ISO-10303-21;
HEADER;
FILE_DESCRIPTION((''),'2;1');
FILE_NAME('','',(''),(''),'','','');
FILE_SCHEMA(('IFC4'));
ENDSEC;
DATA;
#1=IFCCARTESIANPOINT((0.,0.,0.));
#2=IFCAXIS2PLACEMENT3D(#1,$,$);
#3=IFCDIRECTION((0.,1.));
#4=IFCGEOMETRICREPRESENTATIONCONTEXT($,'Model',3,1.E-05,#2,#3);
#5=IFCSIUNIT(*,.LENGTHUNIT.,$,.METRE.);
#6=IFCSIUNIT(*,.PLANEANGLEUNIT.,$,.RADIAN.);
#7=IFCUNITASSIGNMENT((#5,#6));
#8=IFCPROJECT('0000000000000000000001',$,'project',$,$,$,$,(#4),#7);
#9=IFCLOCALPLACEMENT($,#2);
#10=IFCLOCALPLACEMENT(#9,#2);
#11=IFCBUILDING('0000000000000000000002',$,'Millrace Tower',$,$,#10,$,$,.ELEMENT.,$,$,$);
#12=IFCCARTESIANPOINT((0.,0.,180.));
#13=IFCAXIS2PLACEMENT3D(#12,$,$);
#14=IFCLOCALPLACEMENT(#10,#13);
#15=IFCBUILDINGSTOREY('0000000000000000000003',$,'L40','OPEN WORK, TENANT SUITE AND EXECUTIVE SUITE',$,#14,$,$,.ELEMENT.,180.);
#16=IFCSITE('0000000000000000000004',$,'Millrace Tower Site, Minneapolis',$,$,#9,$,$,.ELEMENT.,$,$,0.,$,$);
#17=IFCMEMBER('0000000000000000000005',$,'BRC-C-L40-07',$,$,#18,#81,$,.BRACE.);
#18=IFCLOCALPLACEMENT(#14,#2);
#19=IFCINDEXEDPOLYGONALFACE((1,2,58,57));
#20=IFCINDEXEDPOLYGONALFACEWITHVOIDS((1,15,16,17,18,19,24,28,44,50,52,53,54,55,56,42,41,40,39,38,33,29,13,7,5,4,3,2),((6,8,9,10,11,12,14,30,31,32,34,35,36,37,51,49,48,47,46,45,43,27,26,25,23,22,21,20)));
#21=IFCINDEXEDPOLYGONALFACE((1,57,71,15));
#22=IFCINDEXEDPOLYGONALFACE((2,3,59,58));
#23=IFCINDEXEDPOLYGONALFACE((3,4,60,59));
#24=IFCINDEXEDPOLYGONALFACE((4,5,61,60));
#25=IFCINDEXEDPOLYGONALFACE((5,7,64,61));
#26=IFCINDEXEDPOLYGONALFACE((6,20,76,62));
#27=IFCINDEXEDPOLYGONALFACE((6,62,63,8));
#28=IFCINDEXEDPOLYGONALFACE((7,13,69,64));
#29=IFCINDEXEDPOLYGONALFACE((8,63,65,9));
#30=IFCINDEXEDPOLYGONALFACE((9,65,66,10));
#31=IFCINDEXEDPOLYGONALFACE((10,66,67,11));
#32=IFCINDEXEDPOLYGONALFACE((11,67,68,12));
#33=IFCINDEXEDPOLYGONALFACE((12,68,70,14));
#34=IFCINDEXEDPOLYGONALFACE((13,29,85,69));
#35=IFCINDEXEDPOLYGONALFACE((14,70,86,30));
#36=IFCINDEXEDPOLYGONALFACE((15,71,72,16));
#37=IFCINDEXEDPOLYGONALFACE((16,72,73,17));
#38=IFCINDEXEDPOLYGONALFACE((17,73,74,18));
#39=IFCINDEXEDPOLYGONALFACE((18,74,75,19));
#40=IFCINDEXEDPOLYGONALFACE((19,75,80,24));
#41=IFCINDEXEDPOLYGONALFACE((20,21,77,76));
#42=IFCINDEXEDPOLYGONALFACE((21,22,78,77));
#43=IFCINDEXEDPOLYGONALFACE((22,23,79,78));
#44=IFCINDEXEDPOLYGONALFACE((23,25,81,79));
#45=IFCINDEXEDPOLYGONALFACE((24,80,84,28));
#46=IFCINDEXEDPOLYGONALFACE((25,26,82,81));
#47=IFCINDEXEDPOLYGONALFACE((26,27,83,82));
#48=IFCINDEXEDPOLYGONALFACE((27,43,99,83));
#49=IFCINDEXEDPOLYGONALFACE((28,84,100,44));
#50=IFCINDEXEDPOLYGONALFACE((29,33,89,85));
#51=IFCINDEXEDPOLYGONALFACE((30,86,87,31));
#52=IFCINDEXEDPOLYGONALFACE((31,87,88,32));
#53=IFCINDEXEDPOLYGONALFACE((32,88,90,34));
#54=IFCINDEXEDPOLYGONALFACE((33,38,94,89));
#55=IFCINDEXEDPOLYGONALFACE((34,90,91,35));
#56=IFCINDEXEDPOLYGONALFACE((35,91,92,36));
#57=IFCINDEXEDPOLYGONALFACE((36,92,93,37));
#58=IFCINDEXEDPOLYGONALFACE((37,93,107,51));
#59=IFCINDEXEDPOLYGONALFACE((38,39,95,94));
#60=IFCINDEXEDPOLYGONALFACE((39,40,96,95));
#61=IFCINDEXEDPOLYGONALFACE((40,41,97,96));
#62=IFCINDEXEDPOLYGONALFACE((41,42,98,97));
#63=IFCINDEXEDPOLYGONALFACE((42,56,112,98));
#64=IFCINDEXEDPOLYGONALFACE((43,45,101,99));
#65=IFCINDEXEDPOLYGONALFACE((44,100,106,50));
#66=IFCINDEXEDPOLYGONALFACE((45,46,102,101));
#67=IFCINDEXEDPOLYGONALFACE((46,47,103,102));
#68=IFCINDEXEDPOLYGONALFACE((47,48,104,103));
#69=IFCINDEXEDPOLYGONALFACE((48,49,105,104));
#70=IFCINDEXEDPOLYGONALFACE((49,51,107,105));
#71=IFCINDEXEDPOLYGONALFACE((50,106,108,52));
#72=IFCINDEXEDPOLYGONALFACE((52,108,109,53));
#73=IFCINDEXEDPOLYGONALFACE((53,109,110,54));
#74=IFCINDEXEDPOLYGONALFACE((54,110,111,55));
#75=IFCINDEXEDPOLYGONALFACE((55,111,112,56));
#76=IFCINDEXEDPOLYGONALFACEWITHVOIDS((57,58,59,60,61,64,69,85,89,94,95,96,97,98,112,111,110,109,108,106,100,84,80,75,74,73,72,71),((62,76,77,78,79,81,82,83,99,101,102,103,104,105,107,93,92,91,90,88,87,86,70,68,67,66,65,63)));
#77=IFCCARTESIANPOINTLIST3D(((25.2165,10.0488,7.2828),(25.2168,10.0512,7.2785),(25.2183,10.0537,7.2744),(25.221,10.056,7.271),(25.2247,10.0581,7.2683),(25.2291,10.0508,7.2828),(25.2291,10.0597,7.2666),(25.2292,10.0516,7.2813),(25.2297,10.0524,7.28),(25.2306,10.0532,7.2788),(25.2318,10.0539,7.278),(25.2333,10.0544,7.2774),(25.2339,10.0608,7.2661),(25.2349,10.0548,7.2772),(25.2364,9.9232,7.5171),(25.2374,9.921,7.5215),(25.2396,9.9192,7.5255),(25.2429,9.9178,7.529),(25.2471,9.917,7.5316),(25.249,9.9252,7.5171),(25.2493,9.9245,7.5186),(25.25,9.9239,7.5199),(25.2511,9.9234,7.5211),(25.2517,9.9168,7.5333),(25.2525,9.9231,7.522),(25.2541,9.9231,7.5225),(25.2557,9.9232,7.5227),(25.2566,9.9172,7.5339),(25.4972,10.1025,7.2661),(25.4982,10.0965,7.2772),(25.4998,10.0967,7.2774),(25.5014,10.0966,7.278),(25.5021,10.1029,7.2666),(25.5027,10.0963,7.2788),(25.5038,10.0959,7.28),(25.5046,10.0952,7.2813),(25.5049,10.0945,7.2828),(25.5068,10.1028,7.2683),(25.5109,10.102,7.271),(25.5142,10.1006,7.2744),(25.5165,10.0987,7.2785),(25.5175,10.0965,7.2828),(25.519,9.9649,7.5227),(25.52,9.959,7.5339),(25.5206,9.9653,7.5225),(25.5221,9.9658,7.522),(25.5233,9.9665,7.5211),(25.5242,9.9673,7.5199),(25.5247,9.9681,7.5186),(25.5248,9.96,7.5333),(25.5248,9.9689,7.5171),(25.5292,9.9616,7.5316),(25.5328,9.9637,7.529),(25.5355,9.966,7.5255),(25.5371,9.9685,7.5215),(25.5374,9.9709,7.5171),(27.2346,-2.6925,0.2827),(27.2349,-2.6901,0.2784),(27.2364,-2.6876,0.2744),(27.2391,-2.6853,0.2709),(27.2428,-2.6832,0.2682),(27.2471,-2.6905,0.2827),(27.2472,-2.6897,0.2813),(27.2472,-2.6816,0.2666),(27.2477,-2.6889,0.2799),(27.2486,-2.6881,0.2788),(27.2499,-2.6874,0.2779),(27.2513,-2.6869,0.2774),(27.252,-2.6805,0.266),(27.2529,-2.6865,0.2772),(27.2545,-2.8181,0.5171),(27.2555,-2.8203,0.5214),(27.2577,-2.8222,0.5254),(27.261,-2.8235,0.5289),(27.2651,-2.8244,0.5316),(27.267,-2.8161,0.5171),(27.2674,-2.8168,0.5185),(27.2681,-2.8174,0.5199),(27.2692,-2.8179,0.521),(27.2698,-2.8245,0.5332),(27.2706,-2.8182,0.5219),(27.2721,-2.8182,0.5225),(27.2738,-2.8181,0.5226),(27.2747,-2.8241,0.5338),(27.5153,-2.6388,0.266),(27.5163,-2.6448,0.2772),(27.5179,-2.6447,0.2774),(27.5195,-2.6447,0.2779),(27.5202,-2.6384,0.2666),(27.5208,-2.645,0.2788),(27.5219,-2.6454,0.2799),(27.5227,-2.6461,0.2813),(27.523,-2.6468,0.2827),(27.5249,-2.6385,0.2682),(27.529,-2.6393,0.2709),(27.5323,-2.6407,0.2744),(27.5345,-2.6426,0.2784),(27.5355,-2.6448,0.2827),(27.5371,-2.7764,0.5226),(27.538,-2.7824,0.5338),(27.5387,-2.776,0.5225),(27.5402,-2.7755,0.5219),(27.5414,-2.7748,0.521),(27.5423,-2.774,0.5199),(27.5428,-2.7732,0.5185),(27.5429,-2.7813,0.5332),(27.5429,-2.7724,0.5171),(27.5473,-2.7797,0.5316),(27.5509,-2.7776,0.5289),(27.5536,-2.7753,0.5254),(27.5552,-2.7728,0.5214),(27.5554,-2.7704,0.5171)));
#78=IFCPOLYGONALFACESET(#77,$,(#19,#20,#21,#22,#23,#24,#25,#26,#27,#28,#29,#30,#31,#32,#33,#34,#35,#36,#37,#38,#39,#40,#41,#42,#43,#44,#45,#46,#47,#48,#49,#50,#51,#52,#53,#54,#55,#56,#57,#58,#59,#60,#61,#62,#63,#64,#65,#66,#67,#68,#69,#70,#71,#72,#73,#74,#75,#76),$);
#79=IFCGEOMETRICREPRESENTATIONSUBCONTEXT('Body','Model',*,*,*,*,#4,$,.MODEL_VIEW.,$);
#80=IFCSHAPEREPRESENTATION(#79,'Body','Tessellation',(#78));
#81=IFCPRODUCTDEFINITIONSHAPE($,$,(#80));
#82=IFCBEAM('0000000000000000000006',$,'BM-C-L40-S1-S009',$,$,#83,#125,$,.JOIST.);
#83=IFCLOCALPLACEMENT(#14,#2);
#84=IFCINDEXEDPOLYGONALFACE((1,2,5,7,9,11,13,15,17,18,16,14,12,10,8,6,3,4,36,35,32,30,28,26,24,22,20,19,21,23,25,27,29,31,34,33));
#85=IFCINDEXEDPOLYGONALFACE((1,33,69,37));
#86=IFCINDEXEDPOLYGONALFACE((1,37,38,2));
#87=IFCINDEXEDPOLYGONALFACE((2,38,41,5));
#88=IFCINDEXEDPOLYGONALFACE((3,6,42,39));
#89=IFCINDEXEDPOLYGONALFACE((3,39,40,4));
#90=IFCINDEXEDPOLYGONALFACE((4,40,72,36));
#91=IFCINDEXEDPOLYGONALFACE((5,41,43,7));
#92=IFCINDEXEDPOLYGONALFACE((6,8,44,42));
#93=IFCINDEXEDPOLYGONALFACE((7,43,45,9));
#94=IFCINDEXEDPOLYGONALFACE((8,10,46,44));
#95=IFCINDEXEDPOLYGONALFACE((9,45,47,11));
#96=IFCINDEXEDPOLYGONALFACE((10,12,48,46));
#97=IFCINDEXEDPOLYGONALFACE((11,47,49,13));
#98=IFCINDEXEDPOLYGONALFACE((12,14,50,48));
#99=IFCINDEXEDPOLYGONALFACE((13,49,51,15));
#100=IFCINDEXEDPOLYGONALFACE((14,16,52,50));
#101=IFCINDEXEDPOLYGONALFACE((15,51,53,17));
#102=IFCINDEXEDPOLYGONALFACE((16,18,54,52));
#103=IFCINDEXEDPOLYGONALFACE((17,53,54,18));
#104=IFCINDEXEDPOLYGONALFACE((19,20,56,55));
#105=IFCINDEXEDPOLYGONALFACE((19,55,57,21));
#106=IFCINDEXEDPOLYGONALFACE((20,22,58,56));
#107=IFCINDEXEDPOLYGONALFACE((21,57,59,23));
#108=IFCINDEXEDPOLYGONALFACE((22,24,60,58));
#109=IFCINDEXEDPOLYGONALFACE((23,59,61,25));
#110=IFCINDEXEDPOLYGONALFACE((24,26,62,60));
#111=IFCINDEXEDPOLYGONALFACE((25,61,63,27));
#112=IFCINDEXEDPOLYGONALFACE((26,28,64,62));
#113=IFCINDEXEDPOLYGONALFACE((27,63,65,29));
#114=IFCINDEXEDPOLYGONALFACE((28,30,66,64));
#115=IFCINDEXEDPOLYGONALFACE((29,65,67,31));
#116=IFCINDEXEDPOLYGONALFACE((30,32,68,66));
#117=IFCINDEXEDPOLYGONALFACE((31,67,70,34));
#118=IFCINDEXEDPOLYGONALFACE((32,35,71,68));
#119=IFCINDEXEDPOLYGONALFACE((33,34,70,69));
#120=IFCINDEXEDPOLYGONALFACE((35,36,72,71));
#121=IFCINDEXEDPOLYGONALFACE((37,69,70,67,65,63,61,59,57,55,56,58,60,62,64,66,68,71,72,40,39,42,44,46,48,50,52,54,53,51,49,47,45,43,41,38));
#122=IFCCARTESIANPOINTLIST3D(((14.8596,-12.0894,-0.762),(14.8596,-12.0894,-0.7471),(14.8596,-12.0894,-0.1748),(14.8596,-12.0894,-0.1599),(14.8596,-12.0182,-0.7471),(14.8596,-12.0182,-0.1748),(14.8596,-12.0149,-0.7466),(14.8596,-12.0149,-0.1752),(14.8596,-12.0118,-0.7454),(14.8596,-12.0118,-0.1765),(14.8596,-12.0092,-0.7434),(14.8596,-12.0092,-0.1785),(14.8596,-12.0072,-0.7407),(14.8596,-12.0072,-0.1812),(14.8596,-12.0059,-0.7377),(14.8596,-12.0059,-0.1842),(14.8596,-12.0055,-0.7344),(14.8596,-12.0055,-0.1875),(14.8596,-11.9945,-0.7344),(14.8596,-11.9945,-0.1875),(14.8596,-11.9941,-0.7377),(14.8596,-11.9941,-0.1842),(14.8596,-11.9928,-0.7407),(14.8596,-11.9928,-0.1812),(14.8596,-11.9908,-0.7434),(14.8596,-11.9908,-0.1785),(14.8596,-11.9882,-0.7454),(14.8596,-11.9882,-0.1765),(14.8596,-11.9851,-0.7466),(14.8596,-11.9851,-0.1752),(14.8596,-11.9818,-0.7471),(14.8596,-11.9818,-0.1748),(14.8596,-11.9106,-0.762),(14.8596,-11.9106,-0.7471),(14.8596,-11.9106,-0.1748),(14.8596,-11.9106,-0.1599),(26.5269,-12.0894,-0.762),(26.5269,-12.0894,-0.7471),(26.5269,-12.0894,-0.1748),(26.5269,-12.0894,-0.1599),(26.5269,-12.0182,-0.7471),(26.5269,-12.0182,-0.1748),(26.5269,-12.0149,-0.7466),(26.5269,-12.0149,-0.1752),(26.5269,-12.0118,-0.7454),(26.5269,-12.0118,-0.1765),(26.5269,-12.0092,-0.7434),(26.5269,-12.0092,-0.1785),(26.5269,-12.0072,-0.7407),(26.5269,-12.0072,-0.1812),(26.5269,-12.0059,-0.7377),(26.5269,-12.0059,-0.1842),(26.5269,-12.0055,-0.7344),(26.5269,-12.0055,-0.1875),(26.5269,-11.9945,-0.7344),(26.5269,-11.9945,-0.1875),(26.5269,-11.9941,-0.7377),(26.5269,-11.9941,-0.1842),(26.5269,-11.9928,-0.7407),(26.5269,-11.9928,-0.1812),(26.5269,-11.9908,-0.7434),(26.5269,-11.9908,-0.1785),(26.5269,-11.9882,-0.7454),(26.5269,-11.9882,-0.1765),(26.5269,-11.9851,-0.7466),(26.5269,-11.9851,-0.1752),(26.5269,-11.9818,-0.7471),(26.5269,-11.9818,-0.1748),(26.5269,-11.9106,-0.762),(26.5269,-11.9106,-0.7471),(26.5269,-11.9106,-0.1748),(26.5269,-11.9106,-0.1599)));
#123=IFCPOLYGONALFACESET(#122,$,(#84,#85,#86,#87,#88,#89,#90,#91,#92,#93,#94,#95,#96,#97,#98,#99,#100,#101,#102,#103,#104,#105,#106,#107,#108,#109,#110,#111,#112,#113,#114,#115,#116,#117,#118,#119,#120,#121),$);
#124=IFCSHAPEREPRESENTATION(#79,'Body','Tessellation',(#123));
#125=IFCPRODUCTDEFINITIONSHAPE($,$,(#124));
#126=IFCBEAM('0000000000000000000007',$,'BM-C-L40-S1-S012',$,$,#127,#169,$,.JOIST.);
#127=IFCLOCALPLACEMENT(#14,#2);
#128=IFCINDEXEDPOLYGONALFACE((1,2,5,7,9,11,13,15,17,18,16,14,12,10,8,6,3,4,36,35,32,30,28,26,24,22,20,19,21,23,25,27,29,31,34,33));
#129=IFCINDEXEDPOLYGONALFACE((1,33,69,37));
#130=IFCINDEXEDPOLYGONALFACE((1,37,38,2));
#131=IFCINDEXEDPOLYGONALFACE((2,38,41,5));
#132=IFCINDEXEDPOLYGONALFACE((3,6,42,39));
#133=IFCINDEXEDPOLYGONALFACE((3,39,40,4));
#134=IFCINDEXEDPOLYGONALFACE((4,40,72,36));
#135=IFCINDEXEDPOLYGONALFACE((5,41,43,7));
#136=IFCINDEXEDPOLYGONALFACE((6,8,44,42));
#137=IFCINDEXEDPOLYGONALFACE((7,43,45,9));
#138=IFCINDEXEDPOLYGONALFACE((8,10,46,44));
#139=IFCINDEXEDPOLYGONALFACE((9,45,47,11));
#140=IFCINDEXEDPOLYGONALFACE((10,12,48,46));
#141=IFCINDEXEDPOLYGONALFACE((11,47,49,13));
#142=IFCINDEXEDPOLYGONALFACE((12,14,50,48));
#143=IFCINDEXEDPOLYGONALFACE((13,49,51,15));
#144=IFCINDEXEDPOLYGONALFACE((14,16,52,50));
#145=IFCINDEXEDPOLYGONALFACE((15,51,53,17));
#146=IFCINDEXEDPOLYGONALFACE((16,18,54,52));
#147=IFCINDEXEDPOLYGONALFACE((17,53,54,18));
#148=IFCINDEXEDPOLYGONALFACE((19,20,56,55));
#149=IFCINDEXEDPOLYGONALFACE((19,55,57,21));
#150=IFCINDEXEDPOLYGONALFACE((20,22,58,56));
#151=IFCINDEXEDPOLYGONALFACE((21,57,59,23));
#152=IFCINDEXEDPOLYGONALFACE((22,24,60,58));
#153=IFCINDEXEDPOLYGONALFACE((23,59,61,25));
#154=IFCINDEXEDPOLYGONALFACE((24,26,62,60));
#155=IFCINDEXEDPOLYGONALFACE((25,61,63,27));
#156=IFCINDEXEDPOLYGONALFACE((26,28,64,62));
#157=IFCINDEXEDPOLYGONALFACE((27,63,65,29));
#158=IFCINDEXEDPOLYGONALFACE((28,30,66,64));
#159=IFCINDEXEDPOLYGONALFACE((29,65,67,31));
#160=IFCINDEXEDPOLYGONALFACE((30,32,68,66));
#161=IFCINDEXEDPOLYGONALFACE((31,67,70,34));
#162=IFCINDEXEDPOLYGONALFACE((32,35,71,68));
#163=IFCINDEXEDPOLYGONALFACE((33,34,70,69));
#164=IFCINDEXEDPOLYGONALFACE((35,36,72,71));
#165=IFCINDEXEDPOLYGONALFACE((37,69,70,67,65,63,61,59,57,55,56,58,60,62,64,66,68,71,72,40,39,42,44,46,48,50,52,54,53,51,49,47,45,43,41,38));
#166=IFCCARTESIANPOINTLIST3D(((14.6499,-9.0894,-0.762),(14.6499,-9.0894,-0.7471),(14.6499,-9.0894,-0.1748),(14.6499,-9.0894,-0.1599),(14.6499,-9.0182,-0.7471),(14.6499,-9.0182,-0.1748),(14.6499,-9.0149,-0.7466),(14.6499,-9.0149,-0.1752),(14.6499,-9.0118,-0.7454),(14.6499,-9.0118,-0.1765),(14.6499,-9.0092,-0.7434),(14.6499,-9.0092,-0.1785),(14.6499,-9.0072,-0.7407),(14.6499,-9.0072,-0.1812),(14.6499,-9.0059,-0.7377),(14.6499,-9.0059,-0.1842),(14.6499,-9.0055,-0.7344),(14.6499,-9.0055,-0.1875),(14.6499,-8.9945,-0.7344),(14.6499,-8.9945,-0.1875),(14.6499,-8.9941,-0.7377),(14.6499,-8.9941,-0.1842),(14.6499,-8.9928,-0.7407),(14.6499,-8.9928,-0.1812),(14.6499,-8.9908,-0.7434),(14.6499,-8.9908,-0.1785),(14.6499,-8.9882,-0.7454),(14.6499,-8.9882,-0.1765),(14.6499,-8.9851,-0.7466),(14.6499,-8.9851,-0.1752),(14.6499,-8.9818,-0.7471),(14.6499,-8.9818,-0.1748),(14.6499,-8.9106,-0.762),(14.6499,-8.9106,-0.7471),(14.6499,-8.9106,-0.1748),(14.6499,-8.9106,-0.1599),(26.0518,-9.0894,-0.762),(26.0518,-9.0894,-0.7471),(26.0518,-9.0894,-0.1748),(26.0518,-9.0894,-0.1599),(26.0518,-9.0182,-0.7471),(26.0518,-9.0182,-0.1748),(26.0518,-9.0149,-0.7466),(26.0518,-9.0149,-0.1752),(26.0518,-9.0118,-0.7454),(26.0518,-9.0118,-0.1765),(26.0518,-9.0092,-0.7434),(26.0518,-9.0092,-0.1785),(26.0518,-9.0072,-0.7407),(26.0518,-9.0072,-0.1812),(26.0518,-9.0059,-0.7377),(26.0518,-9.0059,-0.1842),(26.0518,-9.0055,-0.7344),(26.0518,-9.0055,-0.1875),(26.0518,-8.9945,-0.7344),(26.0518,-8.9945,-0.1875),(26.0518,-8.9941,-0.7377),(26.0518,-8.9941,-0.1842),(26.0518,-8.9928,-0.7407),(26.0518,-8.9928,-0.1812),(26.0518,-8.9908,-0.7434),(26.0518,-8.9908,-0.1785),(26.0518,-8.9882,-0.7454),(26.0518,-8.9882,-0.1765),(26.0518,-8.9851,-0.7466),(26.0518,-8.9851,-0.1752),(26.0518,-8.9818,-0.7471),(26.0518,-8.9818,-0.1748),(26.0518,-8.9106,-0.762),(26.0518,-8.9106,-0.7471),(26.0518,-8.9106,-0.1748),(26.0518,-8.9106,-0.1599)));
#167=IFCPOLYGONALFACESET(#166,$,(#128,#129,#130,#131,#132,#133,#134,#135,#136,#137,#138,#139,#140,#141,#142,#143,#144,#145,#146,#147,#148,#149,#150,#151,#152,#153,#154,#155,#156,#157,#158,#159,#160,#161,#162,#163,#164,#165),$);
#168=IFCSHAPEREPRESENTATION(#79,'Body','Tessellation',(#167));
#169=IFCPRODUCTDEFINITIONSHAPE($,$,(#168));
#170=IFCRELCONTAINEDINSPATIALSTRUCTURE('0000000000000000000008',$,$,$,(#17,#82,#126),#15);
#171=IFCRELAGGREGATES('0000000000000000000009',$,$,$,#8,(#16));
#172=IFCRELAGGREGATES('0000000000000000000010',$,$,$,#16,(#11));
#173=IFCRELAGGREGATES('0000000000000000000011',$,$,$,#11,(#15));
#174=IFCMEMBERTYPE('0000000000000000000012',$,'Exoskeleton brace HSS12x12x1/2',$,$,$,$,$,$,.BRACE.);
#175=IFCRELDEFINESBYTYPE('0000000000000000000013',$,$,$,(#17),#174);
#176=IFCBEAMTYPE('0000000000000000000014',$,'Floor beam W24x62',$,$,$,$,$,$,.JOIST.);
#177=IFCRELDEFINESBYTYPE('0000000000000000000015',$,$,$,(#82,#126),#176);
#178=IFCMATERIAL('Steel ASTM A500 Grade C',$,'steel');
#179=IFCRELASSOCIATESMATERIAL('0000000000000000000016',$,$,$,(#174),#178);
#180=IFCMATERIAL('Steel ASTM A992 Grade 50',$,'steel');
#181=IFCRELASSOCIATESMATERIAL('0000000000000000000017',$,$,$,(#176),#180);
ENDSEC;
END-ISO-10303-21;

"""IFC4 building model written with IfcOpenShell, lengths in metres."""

from ifc_helpers import new_model, si_unit, direction, frame, origin, origin_2d, place, context, subcontext, project, spatial, hollow_rectangle, i_section, extrude, material, material_profile, profile_set, type_object, element, save


model = new_model("IFC4")

# Units and contexts
model_context = context("Model", 3, precision=1e-05, world=origin(), true_north=direction((0.0, 1.0)))
body_context = subcontext(model_context, "Body", "Model", "MODEL_VIEW")
ifc_project = project(units=[si_unit("LENGTHUNIT", "METRE"), si_unit("PLANEANGLEUNIT", "RADIAN")], contexts=[model_context])

# Site, building, storey
site_placement = place(None, origin())
site = spatial("IfcSite", under=ifc_project, at=site_placement, Name="Millrace Tower Site, Minneapolis", CompositionType="ELEMENT", RefElevation=0.0)
building_placement = place(site_placement, origin())
building = spatial("IfcBuilding", under=site, at=building_placement, Name="Millrace Tower", CompositionType="ELEMENT")
storey_placement = place(building_placement, frame((0.0, 0.0, 180.0)))
storey = spatial("IfcBuildingStorey", under=building, at=storey_placement, Name="L40", Description="OPEN WORK, TENANT SUITE AND EXECUTIVE SUITE", CompositionType="ELEMENT", Elevation=180.0)

# Member
ifc_material_1 = material(Name="Steel ASTM A500 Grade C", Category="steel")
ifc_material_profile_1 = material_profile(ifc_material_1, hollow_rectangle(XDim=0.3047, YDim=0.3047, WallThickness=0.0127, InnerFilletRadius=0.0063, OuterFilletRadius=0.019, at=origin_2d()))
ifc_profile_set_1 = profile_set([ifc_material_profile_1], Name="Steel ASTM A500 Grade C")
member_type_1 = type_object("IfcMemberType", Name="Exoskeleton brace HSS12x12x1/2", PredefinedType="BRACE", material=ifc_profile_set_1)
member_1_placement = place(storey_placement, frame((27.395, -2.7314, 0.3999), z_axis=(-0.1375, 0.868114, 0.47694), x_axis=(-0.987688, -0.156439, 0.0)))
element("IfcMember", 1, at=member_1_placement, inside=storey, type_object=member_type_1, Name="BRC-C-L40-07", PredefinedType="BRACE", context=body_context, shape_type="SweptSolid", body=[
    extrude(hollow_rectangle(XDim=0.3047, YDim=0.3047, WallThickness=0.0127, InnerFilletRadius=0.0063, OuterFilletRadius=0.019, at=origin_2d()), origin(), (0.0, 0.0, 1.0), 14.677),
])

# Beams
ifc_material_2 = material(Name="Steel ASTM A992 Grade 50", Category="steel")
ifc_material_profile_2 = material_profile(ifc_material_2, i_section(OverallWidth=0.1787, OverallDepth=0.6021, WebThickness=0.011, FlangeThickness=0.0149, FilletRadius=0.0127, at=origin_2d()))
ifc_profile_set_2 = profile_set([ifc_material_profile_2], Name="Steel ASTM A992 Grade 50")
beam_type_1 = type_object("IfcBeamType", Name="Floor beam W24x62", PredefinedType="JOIST", material=ifc_profile_set_2)
beam_1_placement = place(storey_placement, frame((14.8596, -12.0, -0.4609), z_axis=(1.0, 0.0, 0.0), x_axis=(0.0, 1.0, 0.0)))
element("IfcBeam", 2, at=beam_1_placement, inside=storey, type_object=beam_type_1, Name="BM-C-L40-S1-S009", PredefinedType="JOIST", context=body_context, shape_type="SweptSolid", body=[
    extrude(i_section(OverallWidth=0.1787, OverallDepth=0.6021, WebThickness=0.011, FlangeThickness=0.0149, FilletRadius=0.0127, at=origin_2d()), origin(), (0.0, 0.0, 1.0), 11.6672),
])
beam_2_placement = place(storey_placement, frame((14.6499, -9.0, -0.4609), z_axis=(1.0, 0.0, 0.0), x_axis=(0.0, 1.0, 0.0)))
element("IfcBeam", 3, at=beam_2_placement, inside=storey, type_object=beam_type_1, Name="BM-C-L40-S1-S012", PredefinedType="JOIST", context=body_context, shape_type="SweptSolid", body=[
    extrude(i_section(OverallWidth=0.1787, OverallDepth=0.6021, WebThickness=0.011, FlangeThickness=0.0149, FilletRadius=0.0127, at=origin_2d()), origin(), (0.0, 0.0, 1.0), 11.4019),
])

save(model, "model.ifc")
